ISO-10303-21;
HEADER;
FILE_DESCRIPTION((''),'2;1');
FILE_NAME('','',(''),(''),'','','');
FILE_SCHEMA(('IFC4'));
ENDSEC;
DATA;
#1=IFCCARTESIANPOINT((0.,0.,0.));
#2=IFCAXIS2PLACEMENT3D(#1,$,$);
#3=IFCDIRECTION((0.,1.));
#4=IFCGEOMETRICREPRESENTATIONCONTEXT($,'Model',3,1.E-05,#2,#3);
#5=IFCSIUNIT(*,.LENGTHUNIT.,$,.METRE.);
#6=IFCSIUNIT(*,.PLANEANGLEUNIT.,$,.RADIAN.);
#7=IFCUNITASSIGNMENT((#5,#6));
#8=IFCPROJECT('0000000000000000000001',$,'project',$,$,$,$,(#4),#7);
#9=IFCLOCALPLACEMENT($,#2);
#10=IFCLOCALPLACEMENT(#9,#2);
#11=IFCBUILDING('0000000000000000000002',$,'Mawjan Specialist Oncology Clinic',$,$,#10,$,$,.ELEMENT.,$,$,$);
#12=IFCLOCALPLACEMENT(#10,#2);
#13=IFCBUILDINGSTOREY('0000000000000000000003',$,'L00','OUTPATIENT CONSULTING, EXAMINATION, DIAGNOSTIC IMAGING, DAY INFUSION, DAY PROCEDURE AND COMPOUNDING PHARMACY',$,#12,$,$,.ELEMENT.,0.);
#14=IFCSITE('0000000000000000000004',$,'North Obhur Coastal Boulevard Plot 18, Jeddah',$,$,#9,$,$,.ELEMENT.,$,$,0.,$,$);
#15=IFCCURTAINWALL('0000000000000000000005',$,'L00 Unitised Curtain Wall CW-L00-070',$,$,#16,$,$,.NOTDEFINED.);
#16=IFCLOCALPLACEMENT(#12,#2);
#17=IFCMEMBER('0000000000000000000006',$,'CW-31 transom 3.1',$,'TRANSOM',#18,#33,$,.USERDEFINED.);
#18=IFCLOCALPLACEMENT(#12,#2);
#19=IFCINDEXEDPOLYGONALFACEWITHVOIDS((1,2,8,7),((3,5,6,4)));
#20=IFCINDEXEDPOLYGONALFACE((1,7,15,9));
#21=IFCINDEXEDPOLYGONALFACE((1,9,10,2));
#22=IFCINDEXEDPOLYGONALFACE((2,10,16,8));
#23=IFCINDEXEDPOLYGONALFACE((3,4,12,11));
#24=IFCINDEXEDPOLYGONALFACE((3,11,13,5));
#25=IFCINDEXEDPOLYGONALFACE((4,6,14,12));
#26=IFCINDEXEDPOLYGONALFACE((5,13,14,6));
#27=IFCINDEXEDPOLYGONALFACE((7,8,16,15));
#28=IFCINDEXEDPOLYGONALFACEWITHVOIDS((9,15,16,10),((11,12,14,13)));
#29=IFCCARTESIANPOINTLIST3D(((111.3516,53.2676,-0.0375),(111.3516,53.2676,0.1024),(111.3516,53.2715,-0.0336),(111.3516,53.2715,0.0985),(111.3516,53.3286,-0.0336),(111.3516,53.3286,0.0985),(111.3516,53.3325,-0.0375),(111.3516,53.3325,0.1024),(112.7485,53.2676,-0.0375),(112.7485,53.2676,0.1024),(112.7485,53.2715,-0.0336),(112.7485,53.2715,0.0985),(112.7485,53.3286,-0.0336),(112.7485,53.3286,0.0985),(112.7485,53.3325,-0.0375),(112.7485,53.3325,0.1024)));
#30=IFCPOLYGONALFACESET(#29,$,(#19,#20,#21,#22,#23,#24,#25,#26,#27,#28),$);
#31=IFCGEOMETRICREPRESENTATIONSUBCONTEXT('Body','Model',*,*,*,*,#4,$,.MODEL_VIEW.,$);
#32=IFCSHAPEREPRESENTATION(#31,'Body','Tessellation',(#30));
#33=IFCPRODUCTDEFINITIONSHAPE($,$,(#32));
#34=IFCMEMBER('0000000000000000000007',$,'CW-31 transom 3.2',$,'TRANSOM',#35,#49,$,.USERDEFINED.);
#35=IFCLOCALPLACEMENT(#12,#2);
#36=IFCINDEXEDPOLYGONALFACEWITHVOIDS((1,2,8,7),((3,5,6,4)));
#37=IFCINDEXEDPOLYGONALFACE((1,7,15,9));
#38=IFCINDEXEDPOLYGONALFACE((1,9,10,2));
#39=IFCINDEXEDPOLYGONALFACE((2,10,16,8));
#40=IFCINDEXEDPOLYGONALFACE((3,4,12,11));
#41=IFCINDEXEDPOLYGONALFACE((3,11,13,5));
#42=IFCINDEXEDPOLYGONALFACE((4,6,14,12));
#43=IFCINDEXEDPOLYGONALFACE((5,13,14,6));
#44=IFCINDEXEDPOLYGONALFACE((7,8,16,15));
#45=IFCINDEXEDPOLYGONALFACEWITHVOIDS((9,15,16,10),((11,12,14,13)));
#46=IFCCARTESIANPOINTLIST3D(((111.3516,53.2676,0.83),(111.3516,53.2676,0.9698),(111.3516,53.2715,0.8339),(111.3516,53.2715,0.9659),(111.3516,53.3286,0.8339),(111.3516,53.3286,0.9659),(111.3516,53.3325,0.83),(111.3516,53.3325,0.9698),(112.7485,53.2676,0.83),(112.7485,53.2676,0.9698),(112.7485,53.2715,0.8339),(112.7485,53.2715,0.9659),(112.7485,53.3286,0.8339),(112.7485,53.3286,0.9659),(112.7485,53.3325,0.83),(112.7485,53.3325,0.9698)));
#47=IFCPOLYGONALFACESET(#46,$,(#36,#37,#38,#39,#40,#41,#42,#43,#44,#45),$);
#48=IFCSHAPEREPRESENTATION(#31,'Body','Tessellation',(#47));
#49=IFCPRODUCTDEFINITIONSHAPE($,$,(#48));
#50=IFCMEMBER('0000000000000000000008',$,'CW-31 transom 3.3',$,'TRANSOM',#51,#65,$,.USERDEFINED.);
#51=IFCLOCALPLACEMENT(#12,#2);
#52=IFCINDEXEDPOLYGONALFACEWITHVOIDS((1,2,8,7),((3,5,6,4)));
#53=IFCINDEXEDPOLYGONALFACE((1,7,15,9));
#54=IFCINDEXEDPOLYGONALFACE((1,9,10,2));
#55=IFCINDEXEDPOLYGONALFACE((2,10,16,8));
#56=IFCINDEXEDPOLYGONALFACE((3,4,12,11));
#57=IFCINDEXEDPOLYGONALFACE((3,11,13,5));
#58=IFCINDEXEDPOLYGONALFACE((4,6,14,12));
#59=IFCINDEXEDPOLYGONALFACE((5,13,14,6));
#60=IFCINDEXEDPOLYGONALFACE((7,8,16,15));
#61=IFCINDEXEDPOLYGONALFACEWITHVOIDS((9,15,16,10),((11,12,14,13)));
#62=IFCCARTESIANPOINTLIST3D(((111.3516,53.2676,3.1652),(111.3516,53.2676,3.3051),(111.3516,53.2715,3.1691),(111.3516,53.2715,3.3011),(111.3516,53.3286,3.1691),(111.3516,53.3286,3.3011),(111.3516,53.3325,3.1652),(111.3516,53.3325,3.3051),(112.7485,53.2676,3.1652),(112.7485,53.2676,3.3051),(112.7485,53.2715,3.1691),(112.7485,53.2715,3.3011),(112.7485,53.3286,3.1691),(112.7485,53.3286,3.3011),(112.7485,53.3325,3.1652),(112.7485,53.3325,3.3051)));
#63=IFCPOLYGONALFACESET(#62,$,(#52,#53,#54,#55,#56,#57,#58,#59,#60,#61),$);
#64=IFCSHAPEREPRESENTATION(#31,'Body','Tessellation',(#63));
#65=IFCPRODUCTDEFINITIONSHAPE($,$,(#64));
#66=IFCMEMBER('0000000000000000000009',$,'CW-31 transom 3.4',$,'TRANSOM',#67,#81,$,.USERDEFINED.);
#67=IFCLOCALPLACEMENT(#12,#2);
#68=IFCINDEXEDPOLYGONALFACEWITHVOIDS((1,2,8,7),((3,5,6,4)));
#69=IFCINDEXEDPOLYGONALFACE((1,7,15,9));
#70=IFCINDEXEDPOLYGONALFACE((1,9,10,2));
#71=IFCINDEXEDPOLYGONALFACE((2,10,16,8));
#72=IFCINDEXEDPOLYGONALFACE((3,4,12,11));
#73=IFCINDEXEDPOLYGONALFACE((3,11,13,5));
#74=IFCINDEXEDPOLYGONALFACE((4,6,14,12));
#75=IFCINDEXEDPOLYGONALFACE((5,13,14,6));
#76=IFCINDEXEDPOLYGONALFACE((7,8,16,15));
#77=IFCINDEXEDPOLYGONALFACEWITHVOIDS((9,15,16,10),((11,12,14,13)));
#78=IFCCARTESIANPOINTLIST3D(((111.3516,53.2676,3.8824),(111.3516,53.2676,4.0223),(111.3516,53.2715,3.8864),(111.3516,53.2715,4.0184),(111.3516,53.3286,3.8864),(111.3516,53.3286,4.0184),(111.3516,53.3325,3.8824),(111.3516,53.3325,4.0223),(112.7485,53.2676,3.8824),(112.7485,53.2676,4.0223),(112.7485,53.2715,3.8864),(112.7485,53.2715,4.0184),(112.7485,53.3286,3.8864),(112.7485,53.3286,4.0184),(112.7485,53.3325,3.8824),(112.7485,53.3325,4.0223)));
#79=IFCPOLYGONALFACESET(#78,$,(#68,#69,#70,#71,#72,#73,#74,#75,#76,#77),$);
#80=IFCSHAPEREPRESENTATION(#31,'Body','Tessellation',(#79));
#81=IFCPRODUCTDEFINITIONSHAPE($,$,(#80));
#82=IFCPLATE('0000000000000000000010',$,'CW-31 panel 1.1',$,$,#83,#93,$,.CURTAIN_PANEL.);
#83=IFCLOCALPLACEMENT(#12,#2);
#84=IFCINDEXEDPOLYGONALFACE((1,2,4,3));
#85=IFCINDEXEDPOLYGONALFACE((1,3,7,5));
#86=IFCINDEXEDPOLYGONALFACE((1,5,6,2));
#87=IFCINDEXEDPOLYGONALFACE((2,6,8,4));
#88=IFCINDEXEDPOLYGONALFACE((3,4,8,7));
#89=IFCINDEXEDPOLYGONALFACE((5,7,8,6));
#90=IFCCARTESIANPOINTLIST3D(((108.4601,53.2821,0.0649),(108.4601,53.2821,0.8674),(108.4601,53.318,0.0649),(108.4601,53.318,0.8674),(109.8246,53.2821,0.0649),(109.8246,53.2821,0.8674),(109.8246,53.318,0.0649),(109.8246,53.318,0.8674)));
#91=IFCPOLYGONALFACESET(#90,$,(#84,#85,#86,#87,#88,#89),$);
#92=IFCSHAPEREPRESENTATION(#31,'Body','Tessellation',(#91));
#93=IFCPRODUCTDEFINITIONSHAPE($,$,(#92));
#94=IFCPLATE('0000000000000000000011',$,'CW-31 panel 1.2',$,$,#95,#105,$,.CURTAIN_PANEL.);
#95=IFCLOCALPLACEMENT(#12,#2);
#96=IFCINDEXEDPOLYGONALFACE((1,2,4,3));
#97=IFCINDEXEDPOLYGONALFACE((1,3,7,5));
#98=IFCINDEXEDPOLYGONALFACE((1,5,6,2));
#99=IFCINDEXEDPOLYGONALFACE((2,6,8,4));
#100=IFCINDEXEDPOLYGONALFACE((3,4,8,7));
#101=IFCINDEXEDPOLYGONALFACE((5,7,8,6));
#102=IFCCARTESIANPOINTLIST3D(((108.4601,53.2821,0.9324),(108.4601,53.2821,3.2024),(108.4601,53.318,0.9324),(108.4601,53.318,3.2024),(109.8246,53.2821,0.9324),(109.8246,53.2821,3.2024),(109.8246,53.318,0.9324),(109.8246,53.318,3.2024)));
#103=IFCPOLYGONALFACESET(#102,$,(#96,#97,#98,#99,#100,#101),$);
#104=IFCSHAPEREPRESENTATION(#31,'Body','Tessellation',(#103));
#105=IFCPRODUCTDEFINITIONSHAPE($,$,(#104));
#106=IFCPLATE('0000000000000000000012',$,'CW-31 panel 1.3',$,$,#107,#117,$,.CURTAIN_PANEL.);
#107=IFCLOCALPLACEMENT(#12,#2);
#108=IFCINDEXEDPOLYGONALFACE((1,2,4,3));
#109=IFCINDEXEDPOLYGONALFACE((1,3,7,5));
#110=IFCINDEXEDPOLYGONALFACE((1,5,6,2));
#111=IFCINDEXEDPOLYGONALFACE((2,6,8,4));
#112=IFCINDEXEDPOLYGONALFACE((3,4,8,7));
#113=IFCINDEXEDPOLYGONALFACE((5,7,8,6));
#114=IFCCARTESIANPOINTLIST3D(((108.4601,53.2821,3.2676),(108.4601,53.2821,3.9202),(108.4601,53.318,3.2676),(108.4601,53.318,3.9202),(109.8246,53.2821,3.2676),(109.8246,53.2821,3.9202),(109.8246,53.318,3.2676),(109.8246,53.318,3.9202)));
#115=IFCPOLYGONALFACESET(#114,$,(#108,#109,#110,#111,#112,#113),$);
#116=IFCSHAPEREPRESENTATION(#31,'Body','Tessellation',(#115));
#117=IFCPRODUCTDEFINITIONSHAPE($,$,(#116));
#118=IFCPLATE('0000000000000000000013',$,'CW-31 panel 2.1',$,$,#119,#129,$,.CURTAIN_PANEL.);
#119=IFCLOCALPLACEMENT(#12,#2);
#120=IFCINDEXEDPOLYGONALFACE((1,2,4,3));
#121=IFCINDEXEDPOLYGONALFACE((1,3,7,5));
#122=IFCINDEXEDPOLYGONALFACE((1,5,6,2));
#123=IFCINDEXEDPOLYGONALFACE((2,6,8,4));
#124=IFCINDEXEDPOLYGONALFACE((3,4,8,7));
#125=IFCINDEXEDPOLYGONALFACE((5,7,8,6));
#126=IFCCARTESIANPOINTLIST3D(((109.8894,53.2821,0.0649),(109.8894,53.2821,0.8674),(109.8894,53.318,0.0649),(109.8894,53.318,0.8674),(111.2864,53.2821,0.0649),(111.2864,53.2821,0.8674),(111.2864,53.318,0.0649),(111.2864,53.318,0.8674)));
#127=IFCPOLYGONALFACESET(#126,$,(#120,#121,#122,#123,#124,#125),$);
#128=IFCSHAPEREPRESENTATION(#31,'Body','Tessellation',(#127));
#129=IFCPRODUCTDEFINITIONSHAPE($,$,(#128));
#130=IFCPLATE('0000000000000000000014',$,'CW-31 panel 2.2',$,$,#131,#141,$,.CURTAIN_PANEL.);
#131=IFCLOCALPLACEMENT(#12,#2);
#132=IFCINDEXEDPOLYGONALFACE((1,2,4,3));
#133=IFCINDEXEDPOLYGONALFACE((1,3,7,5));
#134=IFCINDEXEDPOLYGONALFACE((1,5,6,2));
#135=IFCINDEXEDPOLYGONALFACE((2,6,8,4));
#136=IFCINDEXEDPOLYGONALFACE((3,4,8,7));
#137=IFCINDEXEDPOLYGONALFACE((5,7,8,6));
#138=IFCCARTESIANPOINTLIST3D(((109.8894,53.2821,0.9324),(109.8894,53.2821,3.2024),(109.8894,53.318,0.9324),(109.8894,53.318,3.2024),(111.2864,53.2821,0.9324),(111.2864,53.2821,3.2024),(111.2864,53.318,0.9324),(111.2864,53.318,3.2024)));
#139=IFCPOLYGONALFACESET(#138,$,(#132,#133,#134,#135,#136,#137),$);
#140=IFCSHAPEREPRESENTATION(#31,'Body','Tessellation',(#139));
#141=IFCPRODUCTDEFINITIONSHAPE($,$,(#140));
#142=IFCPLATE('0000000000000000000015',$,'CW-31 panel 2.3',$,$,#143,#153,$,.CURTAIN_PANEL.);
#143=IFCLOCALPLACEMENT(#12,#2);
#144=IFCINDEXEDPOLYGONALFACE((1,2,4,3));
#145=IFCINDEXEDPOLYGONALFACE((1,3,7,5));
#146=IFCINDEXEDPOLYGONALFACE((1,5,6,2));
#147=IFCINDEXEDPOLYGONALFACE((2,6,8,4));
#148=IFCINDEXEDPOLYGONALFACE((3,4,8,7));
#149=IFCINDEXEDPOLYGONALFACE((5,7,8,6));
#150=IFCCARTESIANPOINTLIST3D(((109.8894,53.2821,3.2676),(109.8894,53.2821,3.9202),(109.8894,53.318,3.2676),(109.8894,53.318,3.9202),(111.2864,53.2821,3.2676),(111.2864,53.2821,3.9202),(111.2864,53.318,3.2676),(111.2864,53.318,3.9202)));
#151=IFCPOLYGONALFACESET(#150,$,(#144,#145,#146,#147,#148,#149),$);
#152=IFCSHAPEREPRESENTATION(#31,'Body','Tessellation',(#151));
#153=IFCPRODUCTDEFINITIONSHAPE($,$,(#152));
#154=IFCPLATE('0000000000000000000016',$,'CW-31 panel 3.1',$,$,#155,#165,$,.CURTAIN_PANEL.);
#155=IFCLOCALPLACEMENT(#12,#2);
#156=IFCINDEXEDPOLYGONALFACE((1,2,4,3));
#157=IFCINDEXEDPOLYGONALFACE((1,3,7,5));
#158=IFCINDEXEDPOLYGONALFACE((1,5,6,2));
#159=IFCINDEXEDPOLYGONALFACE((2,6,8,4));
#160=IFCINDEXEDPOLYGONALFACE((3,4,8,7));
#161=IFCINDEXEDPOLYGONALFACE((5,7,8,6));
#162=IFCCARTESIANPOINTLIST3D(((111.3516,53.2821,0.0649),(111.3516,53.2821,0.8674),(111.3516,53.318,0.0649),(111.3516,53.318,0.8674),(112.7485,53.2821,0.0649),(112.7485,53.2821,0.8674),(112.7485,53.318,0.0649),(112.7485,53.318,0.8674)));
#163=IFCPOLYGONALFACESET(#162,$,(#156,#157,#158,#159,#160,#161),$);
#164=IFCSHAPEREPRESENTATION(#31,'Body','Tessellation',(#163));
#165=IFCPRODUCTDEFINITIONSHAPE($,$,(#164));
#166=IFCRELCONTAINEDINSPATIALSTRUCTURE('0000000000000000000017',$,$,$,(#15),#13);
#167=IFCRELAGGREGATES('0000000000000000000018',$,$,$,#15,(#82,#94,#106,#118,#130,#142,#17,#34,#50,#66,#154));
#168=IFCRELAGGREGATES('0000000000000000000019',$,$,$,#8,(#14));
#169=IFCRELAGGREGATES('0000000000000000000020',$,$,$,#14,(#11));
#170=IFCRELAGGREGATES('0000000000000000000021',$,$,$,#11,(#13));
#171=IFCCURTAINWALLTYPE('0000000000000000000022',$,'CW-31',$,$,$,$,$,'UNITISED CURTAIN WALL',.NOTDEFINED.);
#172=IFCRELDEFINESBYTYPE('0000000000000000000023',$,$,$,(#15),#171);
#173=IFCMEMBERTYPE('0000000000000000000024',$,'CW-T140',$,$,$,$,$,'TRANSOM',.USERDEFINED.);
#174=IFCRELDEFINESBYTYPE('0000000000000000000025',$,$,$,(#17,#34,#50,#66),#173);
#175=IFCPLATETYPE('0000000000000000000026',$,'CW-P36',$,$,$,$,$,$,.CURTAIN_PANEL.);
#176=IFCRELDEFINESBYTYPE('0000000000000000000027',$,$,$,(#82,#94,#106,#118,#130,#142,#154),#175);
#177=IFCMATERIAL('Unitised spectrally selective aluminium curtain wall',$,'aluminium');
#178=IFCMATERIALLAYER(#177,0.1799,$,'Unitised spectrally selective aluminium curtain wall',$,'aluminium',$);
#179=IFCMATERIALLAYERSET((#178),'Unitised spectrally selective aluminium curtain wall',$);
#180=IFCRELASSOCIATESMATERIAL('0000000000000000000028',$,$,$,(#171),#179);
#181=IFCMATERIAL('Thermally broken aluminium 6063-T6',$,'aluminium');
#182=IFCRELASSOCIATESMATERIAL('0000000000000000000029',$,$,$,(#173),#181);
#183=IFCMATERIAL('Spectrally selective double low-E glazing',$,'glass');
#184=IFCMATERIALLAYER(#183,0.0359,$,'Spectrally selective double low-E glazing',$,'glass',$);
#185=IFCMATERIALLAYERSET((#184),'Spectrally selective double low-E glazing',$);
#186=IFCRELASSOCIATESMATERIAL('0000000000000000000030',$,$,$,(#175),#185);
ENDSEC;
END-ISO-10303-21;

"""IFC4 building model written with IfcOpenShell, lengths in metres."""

from ifc_helpers import new_model, si_unit, direction, frame, origin, origin_2d, place, context, subcontext, project, spatial, rectangle, hollow_rectangle, extrude, material, layer, layer_set, material_profile, profile_set, type_object, element, aggregate, save


model = new_model("IFC4")

# Units and contexts
model_context = context("Model", 3, precision=1e-05, world=origin(), true_north=direction((0.0, 1.0)))
body_context = subcontext(model_context, "Body", "Model", "MODEL_VIEW")
ifc_project = project(units=[si_unit("LENGTHUNIT", "METRE"), si_unit("PLANEANGLEUNIT", "RADIAN")], contexts=[model_context])

# Site, building, storey
site_placement = place(None, origin())
site = spatial("IfcSite", under=ifc_project, at=site_placement, Name="North Obhur Coastal Boulevard Plot 18, Jeddah", CompositionType="ELEMENT", RefElevation=0.0)
building_placement = place(site_placement, origin())
building = spatial("IfcBuilding", under=site, at=building_placement, Name="Mawjan Specialist Oncology Clinic", CompositionType="ELEMENT")
storey_placement = place(building_placement, origin())
storey = spatial("IfcBuildingStorey", under=building, at=storey_placement, Name="L00", Description="OUTPATIENT CONSULTING, EXAMINATION, DIAGNOSTIC IMAGING, DAY INFUSION, DAY PROCEDURE AND COMPOUNDING PHARMACY", CompositionType="ELEMENT", Elevation=0.0)

# Curtain wall, members, plates
ifc_material_1 = material(Name="Unitised spectrally selective aluminium curtain wall", Category="aluminium")
ifc_layer_1 = layer(ifc_material_1, 0.1799, Name="Unitised spectrally selective aluminium curtain wall", Category="aluminium")
ifc_layer_set_1 = layer_set([ifc_layer_1], Name="Unitised spectrally selective aluminium curtain wall")
curtain_wall_type = type_object("IfcCurtainWallType", Name="CW-31", ElementType="UNITISED CURTAIN WALL", PredefinedType="NOTDEFINED", material=ifc_layer_set_1)
curtain_wall_placement = place(storey_placement, origin())
curtain_wall = element("IfcCurtainWall", 1, at=curtain_wall_placement, inside=storey, type_object=curtain_wall_type, Name="L00 Unitised Curtain Wall CW-L00-070", PredefinedType="NOTDEFINED")
ifc_material_2 = material(Name="Thermally broken aluminium 6063-T6", Category="aluminium")
ifc_material_profile_1 = material_profile(ifc_material_2, hollow_rectangle(XDim=0.0649, YDim=0.1399, WallThickness=0.0039, at=origin_2d()), Name="ALU TRANSOM 140x65x4", Category="aluminium")
ifc_profile_set_1 = profile_set([ifc_material_profile_1], Name="Thermally broken aluminium 6063-T6")
member_type_1 = type_object("IfcMemberType", Name="CW-T140", ElementType="TRANSOM", PredefinedType="USERDEFINED", material=ifc_profile_set_1)
member_1_placement = place(storey_placement, frame((111.3516, 53.3, 0.0325), z_axis=(1.0, 0.0, 0.0), x_axis=(0.0, 1.0, 0.0)))
member_1 = element("IfcMember", 2, at=member_1_placement, type_object=member_type_1, Name="CW-31 transom 3.1", ObjectType="TRANSOM", PredefinedType="USERDEFINED", context=body_context, shape_type="SweptSolid", body=[
    extrude(hollow_rectangle(XDim=0.0649, YDim=0.1399, WallThickness=0.0039, at=origin_2d()), origin(), (0.0, 0.0, 1.0), 1.397),
])
member_2_placement = place(storey_placement, frame((111.3516, 53.3, 0.8999), z_axis=(1.0, 0.0, 0.0), x_axis=(0.0, 1.0, 0.0)))
member_2 = element("IfcMember", 3, at=member_2_placement, type_object=member_type_1, Name="CW-31 transom 3.2", ObjectType="TRANSOM", PredefinedType="USERDEFINED", context=body_context, shape_type="SweptSolid", body=[
    extrude(hollow_rectangle(XDim=0.0649, YDim=0.1399, WallThickness=0.0039, at=origin_2d()), origin(), (0.0, 0.0, 1.0), 1.397),
])
member_3_placement = place(storey_placement, frame((111.3516, 53.3, 3.2351), z_axis=(1.0, 0.0, 0.0), x_axis=(0.0, 1.0, 0.0)))
member_3 = element("IfcMember", 4, at=member_3_placement, type_object=member_type_1, Name="CW-31 transom 3.3", ObjectType="TRANSOM", PredefinedType="USERDEFINED", context=body_context, shape_type="SweptSolid", body=[
    extrude(hollow_rectangle(XDim=0.0649, YDim=0.1399, WallThickness=0.0039, at=origin_2d()), origin(), (0.0, 0.0, 1.0), 1.397),
])
member_4_placement = place(storey_placement, frame((111.3516, 53.3, 3.9524), z_axis=(1.0, 0.0, 0.0), x_axis=(0.0, 1.0, 0.0)))
member_4 = element("IfcMember", 5, at=member_4_placement, type_object=member_type_1, Name="CW-31 transom 3.4", ObjectType="TRANSOM", PredefinedType="USERDEFINED", context=body_context, shape_type="SweptSolid", body=[
    extrude(hollow_rectangle(XDim=0.0649, YDim=0.1399, WallThickness=0.0039, at=origin_2d()), origin(), (0.0, 0.0, 1.0), 1.397),
])
ifc_material_3 = material(Name="Spectrally selective double low-E glazing", Category="glass")
ifc_layer_2 = layer(ifc_material_3, 0.0359, Name="Spectrally selective double low-E glazing", Category="glass")
ifc_layer_set_2 = layer_set([ifc_layer_2], Name="Spectrally selective double low-E glazing")
plate_type = type_object("IfcPlateType", Name="CW-P36", PredefinedType="CURTAIN_PANEL", material=ifc_layer_set_2)
plate_1_placement = place(storey_placement, frame((109.1423, 53.3, 0.0649), z_axis=(0.0, 0.0, 1.0), x_axis=(1.0, 0.0, 0.0)))
plate_1 = element("IfcPlate", 6, at=plate_1_placement, type_object=plate_type, Name="CW-31 panel 1.1", PredefinedType="CURTAIN_PANEL", context=body_context, shape_type="SweptSolid", body=[
    extrude(rectangle(XDim=1.3645, YDim=0.0359, at=origin_2d()), origin(), (0.0, 0.0, 1.0), 0.8025),
])
plate_2_placement = place(storey_placement, frame((109.1423, 53.3, 0.9324), z_axis=(0.0, 0.0, 1.0), x_axis=(1.0, 0.0, 0.0)))
plate_2 = element("IfcPlate", 7, at=plate_2_placement, type_object=plate_type, Name="CW-31 panel 1.2", PredefinedType="CURTAIN_PANEL", context=body_context, shape_type="SweptSolid", body=[
    extrude(rectangle(XDim=1.3645, YDim=0.0359, at=origin_2d()), origin(), (0.0, 0.0, 1.0), 2.27),
])
plate_3_placement = place(storey_placement, frame((109.1423, 53.3, 3.2676), z_axis=(0.0, 0.0, 1.0), x_axis=(1.0, 0.0, 0.0)))
plate_3 = element("IfcPlate", 8, at=plate_3_placement, type_object=plate_type, Name="CW-31 panel 1.3", PredefinedType="CURTAIN_PANEL", context=body_context, shape_type="SweptSolid", body=[
    extrude(rectangle(XDim=1.3645, YDim=0.0359, at=origin_2d()), origin(), (0.0, 0.0, 1.0), 0.6526),
])
plate_4_placement = place(storey_placement, frame((110.5879, 53.3, 0.0649), z_axis=(0.0, 0.0, 1.0), x_axis=(1.0, 0.0, 0.0)))
plate_4 = element("IfcPlate", 9, at=plate_4_placement, type_object=plate_type, Name="CW-31 panel 2.1", PredefinedType="CURTAIN_PANEL", context=body_context, shape_type="SweptSolid", body=[
    extrude(rectangle(XDim=1.397, YDim=0.0359, at=origin_2d()), origin(), (0.0, 0.0, 1.0), 0.8025),
])
plate_5_placement = place(storey_placement, frame((110.5879, 53.3, 0.9324), z_axis=(0.0, 0.0, 1.0), x_axis=(1.0, 0.0, 0.0)))
plate_5 = element("IfcPlate", 10, at=plate_5_placement, type_object=plate_type, Name="CW-31 panel 2.2", PredefinedType="CURTAIN_PANEL", context=body_context, shape_type="SweptSolid", body=[
    extrude(rectangle(XDim=1.397, YDim=0.0359, at=origin_2d()), origin(), (0.0, 0.0, 1.0), 2.27),
])
plate_6_placement = place(storey_placement, frame((110.5879, 53.3, 3.2676), z_axis=(0.0, 0.0, 1.0), x_axis=(1.0, 0.0, 0.0)))
plate_6 = element("IfcPlate", 11, at=plate_6_placement, type_object=plate_type, Name="CW-31 panel 2.3", PredefinedType="CURTAIN_PANEL", context=body_context, shape_type="SweptSolid", body=[
    extrude(rectangle(XDim=1.397, YDim=0.0359, at=origin_2d()), origin(), (0.0, 0.0, 1.0), 0.6526),
])
plate_7_placement = place(storey_placement, frame((112.05, 53.3, 0.0649), z_axis=(0.0, 0.0, 1.0), x_axis=(1.0, 0.0, 0.0)))
plate_7 = element("IfcPlate", 12, at=plate_7_placement, type_object=plate_type, Name="CW-31 panel 3.1", PredefinedType="CURTAIN_PANEL", context=body_context, shape_type="SweptSolid", body=[
    extrude(rectangle(XDim=1.397, YDim=0.0359, at=origin_2d()), origin(), (0.0, 0.0, 1.0), 0.8025),
])
aggregate(curtain_wall, [plate_1, plate_2, plate_3, plate_4, plate_5, plate_6, member_1, member_2, member_3, member_4, plate_7])

save(model, "model.ifc")
